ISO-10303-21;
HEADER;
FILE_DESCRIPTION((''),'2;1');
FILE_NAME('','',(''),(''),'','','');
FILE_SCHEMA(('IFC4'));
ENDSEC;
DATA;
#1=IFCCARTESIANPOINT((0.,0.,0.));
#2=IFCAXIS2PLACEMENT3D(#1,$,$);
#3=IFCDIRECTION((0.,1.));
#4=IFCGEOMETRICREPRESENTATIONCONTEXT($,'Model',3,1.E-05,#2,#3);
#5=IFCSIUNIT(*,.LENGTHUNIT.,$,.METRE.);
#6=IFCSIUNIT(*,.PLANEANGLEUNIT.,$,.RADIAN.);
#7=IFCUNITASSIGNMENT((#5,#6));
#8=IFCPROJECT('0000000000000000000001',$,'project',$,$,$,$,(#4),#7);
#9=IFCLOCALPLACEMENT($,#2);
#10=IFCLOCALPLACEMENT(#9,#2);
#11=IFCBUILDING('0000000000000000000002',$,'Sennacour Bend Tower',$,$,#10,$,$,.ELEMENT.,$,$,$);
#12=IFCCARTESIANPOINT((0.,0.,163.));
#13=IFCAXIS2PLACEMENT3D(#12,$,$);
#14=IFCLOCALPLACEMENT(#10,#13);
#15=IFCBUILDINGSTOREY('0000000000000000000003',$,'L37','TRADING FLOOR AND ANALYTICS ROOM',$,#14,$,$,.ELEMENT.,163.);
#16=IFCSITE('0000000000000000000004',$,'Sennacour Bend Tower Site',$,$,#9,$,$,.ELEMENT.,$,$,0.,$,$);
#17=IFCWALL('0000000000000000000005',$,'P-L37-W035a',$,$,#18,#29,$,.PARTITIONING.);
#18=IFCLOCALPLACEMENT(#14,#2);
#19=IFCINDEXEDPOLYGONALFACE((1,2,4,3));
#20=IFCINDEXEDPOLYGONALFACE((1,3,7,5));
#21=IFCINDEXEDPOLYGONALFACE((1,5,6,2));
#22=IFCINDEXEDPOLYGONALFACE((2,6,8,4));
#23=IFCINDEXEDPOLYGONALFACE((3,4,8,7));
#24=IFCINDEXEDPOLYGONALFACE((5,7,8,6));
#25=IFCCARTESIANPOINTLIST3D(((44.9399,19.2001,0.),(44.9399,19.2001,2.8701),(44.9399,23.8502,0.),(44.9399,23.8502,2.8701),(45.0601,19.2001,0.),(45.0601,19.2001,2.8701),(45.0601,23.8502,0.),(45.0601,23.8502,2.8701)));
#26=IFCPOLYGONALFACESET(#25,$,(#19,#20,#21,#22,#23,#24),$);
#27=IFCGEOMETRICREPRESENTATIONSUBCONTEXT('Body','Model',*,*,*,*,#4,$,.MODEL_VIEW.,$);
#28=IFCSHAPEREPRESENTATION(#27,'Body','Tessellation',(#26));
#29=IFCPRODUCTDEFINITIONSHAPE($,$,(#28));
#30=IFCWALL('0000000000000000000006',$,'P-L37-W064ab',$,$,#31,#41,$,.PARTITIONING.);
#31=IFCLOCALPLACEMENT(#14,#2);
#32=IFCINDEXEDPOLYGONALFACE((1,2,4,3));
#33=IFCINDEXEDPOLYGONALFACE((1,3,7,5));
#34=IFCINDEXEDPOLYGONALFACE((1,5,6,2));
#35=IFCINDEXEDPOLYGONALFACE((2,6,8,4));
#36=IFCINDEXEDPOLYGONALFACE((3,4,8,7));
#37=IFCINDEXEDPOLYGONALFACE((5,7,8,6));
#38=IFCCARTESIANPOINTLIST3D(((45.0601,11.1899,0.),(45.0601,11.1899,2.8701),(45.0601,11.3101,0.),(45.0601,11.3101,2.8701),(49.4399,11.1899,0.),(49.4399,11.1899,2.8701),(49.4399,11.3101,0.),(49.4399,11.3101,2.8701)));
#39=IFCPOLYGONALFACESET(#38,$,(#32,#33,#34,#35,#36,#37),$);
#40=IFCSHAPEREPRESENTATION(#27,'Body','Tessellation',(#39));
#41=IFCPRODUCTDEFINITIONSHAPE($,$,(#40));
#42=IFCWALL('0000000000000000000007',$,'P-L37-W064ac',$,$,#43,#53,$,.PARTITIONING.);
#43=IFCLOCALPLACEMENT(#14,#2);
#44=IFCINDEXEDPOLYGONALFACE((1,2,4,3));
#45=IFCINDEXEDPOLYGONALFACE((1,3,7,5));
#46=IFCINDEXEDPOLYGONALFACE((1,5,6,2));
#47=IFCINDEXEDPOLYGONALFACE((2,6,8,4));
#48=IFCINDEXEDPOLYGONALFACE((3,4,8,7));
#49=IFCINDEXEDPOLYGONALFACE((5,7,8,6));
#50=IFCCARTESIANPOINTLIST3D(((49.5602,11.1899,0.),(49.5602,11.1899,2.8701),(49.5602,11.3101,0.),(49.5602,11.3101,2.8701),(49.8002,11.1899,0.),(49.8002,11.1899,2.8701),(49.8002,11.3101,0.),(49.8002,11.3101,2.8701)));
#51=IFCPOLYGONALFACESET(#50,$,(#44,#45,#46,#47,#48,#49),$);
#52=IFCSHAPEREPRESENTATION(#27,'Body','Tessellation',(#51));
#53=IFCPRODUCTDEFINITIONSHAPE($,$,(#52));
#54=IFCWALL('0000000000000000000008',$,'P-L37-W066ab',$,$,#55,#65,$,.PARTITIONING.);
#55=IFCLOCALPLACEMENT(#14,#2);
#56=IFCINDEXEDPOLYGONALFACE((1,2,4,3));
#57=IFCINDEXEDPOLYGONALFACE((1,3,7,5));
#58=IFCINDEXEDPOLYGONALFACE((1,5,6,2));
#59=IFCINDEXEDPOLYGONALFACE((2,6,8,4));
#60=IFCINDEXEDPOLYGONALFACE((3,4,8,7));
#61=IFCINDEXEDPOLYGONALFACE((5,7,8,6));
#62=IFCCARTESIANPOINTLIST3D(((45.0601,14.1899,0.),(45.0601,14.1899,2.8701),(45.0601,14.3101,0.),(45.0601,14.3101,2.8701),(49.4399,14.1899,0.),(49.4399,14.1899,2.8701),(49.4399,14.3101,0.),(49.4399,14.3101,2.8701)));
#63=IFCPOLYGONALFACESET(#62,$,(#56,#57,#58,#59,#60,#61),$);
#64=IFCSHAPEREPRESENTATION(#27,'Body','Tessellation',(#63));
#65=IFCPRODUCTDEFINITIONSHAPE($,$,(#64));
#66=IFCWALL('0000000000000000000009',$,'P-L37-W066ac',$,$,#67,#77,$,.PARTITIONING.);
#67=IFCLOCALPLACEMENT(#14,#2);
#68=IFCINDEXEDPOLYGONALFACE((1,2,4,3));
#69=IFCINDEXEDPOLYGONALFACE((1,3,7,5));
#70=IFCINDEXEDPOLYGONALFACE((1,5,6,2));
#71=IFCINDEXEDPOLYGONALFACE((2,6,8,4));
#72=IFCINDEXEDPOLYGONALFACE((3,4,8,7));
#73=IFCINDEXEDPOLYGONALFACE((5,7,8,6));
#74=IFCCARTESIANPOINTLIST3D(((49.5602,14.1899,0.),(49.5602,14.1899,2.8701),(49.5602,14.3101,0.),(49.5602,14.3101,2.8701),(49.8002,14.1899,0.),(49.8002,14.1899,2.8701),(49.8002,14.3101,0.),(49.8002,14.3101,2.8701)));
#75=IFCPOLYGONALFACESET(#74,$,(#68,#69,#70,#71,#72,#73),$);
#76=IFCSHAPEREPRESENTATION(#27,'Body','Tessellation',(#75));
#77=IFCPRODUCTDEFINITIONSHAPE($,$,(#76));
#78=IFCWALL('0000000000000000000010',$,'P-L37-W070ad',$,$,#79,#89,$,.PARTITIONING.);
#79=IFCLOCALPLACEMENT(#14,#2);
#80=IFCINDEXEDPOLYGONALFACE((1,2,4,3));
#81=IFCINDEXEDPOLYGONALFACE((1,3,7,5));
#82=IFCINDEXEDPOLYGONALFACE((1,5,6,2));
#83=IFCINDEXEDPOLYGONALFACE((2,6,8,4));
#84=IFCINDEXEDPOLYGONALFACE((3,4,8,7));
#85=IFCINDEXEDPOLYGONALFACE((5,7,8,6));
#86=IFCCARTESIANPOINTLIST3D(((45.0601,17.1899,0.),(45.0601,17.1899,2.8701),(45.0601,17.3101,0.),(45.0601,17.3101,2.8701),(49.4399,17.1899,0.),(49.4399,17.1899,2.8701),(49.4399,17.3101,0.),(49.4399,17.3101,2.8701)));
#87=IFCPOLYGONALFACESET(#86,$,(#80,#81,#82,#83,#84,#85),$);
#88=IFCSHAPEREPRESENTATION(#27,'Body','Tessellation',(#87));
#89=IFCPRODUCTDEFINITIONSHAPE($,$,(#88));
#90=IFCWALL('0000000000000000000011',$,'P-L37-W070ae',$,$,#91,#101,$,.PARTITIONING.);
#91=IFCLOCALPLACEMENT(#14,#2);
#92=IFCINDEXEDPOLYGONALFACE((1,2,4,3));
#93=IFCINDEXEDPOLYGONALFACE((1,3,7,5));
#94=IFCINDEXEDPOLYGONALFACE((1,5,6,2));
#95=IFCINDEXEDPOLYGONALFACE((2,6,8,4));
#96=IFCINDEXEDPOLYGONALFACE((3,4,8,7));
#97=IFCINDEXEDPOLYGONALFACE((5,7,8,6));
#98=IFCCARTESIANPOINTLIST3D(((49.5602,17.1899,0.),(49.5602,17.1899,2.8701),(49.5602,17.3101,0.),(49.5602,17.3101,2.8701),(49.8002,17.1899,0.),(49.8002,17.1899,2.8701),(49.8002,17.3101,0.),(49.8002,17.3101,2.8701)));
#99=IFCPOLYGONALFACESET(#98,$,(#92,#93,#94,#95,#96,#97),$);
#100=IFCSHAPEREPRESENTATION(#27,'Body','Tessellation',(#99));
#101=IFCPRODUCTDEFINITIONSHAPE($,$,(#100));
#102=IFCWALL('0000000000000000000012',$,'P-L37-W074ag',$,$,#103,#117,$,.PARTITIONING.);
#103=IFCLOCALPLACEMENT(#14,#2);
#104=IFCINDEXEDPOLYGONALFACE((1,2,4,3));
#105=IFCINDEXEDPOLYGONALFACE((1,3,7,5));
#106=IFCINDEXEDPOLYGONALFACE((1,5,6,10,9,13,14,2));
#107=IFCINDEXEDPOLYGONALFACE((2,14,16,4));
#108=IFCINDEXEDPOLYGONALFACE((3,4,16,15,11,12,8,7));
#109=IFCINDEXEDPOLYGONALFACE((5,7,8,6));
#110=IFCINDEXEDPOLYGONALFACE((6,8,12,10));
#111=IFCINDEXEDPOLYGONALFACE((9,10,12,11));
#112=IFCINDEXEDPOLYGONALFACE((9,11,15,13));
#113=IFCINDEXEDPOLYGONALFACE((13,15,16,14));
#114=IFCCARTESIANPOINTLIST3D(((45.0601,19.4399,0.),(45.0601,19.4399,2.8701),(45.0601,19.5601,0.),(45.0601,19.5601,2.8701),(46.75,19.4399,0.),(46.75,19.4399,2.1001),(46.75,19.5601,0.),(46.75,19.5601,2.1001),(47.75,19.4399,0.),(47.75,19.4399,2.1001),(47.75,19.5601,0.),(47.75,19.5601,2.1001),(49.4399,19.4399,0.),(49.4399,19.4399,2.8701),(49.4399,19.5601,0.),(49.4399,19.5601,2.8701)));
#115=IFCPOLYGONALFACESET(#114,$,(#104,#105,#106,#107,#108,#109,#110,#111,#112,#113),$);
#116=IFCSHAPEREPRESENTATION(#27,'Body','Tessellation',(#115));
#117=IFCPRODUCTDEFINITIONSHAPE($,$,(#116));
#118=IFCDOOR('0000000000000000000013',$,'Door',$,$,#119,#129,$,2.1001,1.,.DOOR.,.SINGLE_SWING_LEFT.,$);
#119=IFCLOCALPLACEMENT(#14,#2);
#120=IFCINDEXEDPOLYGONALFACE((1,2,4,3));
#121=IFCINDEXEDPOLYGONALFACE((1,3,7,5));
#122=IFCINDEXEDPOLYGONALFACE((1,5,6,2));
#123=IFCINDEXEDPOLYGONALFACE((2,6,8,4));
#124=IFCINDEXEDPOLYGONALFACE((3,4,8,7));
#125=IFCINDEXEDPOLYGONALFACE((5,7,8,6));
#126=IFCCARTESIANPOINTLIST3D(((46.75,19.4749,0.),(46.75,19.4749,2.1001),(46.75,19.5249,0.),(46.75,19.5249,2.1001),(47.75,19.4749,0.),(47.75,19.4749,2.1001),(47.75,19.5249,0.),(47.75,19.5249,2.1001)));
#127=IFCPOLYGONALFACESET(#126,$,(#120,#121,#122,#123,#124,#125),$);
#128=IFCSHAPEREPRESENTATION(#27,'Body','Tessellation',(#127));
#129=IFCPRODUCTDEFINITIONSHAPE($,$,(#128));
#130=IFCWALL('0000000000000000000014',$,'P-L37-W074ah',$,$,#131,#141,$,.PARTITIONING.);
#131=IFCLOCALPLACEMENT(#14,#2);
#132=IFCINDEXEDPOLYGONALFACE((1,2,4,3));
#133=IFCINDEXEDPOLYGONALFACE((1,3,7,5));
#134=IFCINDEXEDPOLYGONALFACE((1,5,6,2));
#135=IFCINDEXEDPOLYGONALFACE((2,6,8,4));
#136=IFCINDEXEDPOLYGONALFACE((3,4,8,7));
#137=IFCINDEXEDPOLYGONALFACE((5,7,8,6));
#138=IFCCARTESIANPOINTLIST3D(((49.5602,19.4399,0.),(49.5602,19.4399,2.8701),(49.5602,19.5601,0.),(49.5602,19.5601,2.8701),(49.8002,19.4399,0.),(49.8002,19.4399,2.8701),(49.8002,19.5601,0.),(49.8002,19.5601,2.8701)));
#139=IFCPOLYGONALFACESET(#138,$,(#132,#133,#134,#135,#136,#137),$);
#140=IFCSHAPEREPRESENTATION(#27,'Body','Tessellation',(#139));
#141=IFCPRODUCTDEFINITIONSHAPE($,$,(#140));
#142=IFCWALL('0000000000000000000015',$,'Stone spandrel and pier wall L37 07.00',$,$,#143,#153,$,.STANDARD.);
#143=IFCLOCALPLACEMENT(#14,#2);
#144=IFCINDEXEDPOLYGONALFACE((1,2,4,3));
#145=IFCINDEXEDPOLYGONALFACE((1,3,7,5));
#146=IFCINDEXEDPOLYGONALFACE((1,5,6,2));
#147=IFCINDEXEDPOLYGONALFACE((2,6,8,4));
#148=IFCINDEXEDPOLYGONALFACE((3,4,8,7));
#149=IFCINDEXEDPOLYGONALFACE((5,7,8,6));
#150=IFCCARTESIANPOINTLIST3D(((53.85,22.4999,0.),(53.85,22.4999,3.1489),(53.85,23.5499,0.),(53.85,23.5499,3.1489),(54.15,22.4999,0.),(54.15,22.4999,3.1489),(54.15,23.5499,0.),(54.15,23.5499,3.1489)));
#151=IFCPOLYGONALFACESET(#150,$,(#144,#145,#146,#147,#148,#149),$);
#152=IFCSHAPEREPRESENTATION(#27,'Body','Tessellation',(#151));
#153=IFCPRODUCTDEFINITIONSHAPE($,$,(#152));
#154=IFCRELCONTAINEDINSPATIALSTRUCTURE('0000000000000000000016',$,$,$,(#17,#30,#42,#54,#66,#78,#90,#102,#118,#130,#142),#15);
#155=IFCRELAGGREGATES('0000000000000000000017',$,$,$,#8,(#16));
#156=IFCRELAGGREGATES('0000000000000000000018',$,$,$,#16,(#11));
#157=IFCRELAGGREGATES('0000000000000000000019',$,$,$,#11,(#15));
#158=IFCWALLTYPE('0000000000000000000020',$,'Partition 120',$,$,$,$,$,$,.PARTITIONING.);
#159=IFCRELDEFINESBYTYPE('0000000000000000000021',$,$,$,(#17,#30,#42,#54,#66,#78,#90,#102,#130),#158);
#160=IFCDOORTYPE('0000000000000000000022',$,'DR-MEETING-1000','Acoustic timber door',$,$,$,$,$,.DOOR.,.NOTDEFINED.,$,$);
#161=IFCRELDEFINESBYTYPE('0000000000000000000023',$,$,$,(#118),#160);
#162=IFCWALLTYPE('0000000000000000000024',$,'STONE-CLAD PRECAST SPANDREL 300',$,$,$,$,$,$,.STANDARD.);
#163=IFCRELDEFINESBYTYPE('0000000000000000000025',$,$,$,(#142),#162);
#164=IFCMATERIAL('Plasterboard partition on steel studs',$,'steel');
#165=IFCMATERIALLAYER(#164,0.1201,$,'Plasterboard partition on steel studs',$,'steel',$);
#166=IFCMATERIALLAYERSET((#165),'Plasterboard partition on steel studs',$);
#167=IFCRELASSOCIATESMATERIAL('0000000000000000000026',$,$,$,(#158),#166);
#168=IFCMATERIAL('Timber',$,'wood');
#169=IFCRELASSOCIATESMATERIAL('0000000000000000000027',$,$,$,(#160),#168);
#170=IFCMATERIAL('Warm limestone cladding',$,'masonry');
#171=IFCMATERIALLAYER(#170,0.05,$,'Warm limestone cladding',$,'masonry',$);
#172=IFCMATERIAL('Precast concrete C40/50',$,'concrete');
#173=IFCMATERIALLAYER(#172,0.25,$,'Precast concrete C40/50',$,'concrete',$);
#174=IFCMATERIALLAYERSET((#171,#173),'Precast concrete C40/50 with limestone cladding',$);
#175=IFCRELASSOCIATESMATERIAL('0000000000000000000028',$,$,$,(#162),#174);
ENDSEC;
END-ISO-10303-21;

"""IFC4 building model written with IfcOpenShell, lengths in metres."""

from ifc_helpers import new_model, si_unit, direction, frame, frame_2d, origin, place, context, subcontext, project, spatial, rectangle, extrude, material, layer, layer_set, type_object, element, fill, save


model = new_model("IFC4")

# Units and contexts
model_context = context("Model", 3, precision=1e-05, world=origin(), true_north=direction((0.0, 1.0)))
body_context = subcontext(model_context, "Body", "Model", "MODEL_VIEW")
ifc_project = project(units=[si_unit("LENGTHUNIT", "METRE"), si_unit("PLANEANGLEUNIT", "RADIAN")], contexts=[model_context])

# Site, building, storey
site_placement = place(None, origin())
site = spatial("IfcSite", under=ifc_project, at=site_placement, Name="Sennacour Bend Tower Site", CompositionType="ELEMENT", RefElevation=0.0)
building_placement = place(site_placement, origin())
building = spatial("IfcBuilding", under=site, at=building_placement, Name="Sennacour Bend Tower", CompositionType="ELEMENT")
storey_placement = place(building_placement, frame((0.0, 0.0, 163.0)))
storey = spatial("IfcBuildingStorey", under=building, at=storey_placement, Name="L37", Description="TRADING FLOOR AND ANALYTICS ROOM", CompositionType="ELEMENT", Elevation=163.0)

# Walls
ifc_material_1 = material(Name="Plasterboard partition on steel studs", Category="steel")
ifc_layer_1 = layer(ifc_material_1, 0.1201, Name="Plasterboard partition on steel studs", Category="steel")
ifc_layer_set_1 = layer_set([ifc_layer_1], Name="Plasterboard partition on steel studs")
wall_type_1 = type_object("IfcWallType", Name="Partition 120", PredefinedType="PARTITIONING", material=ifc_layer_set_1)
wall_1_placement = place(storey_placement, frame((45.0, 19.2, 0.0), z_axis=(0.0, 0.0, 1.0), x_axis=(0.0, 1.0, 0.0)))
element("IfcWall", 1, at=wall_1_placement, inside=storey, type_object=wall_type_1, Name="P-L37-W035a", PredefinedType="PARTITIONING", context=body_context, shape_type="SweptSolid", body=[
    extrude(rectangle(XDim=4.6501, YDim=0.1201, at=frame_2d((2.3252, 0.0))), origin(), (0.0, 0.0, 1.0), 2.8701),
])
wall_2_placement = place(storey_placement, frame((45.0601, 11.25, 0.0), z_axis=(0.0, 0.0, 1.0), x_axis=(1.0, 0.0, 0.0)))
element("IfcWall", 2, at=wall_2_placement, inside=storey, type_object=wall_type_1, Name="P-L37-W064ab", PredefinedType="PARTITIONING", context=body_context, shape_type="SweptSolid", body=[
    extrude(rectangle(XDim=4.3799, YDim=0.1201, at=frame_2d((2.1899, 0.0))), origin(), (0.0, 0.0, 1.0), 2.8701),
])
wall_3_placement = place(storey_placement, frame((49.5601, 11.25, 0.0), z_axis=(0.0, 0.0, 1.0), x_axis=(1.0, 0.0, 0.0)))
element("IfcWall", 3, at=wall_3_placement, inside=storey, type_object=wall_type_1, Name="P-L37-W064ac", PredefinedType="PARTITIONING", context=body_context, shape_type="SweptSolid", body=[
    extrude(rectangle(XDim=0.24, YDim=0.1201, at=frame_2d((0.1201, 0.0))), origin(), (0.0, 0.0, 1.0), 2.8701),
])
wall_4_placement = place(storey_placement, frame((45.0601, 14.25, 0.0), z_axis=(0.0, 0.0, 1.0), x_axis=(1.0, 0.0, 0.0)))
element("IfcWall", 4, at=wall_4_placement, inside=storey, type_object=wall_type_1, Name="P-L37-W066ab", PredefinedType="PARTITIONING", context=body_context, shape_type="SweptSolid", body=[
    extrude(rectangle(XDim=4.3799, YDim=0.1201, at=frame_2d((2.1899, 0.0))), origin(), (0.0, 0.0, 1.0), 2.8701),
])
wall_5_placement = place(storey_placement, frame((49.5601, 14.25, 0.0), z_axis=(0.0, 0.0, 1.0), x_axis=(1.0, 0.0, 0.0)))
element("IfcWall", 5, at=wall_5_placement, inside=storey, type_object=wall_type_1, Name="P-L37-W066ac", PredefinedType="PARTITIONING", context=body_context, shape_type="SweptSolid", body=[
    extrude(rectangle(XDim=0.24, YDim=0.1201, at=frame_2d((0.1201, 0.0))), origin(), (0.0, 0.0, 1.0), 2.8701),
])
wall_6_placement = place(storey_placement, frame((45.0601, 17.25, 0.0), z_axis=(0.0, 0.0, 1.0), x_axis=(1.0, 0.0, 0.0)))
element("IfcWall", 6, at=wall_6_placement, inside=storey, type_object=wall_type_1, Name="P-L37-W070ad", PredefinedType="PARTITIONING", context=body_context, shape_type="SweptSolid", body=[
    extrude(rectangle(XDim=4.3799, YDim=0.1201, at=frame_2d((2.1899, 0.0))), origin(), (0.0, 0.0, 1.0), 2.8701),
])
wall_7_placement = place(storey_placement, frame((49.5601, 17.25, 0.0), z_axis=(0.0, 0.0, 1.0), x_axis=(1.0, 0.0, 0.0)))
element("IfcWall", 7, at=wall_7_placement, inside=storey, type_object=wall_type_1, Name="P-L37-W070ae", PredefinedType="PARTITIONING", context=body_context, shape_type="SweptSolid", body=[
    extrude(rectangle(XDim=0.24, YDim=0.1201, at=frame_2d((0.1201, 0.0))), origin(), (0.0, 0.0, 1.0), 2.8701),
])

# Wall, opening, door
wall_8_placement = place(storey_placement, frame((45.0601, 19.5, 0.0), z_axis=(0.0, 0.0, 1.0), x_axis=(1.0, 0.0, 0.0)))
wall_8 = element("IfcWall", 8, at=wall_8_placement, inside=storey, type_object=wall_type_1, Name="P-L37-W074ag", PredefinedType="PARTITIONING", context=body_context, shape_type="SweptSolid", body=[
    extrude(rectangle(XDim=4.3799, YDim=0.1201, at=frame_2d((2.1899, 0.0))), origin(), (0.0, 0.0, 1.0), 2.8701),
])
opening_1_placement = place(wall_8_placement, frame((1.6899, 0.0, 0.0)))
opening_1 = element("IfcOpeningElement", 9, at=opening_1_placement, cuts=wall_8, PredefinedType="OPENING", context=body_context, shape_type="SweptSolid", body=[
    extrude(rectangle(XDim=1.0, YDim=2.1001, at=frame_2d((0.5, 1.05))), frame((0.0, 0.0701, 0.0), z_axis=(0.0, -1.0, 0.0), x_axis=(1.0, 0.0, 0.0)), (0.0, 0.0, 1.0), 0.1401),
])
ifc_material_2 = material(Name="Timber", Category="wood")
door_type_1 = type_object("IfcDoorType", Name="DR-MEETING-1000", Description="Acoustic timber door", OperationType="NOTDEFINED", PredefinedType="DOOR", material=ifc_material_2)
door_1_placement = place(opening_1_placement, origin())
door_1 = element("IfcDoor", 10, at=door_1_placement, inside=storey, type_object=door_type_1, Name="Door", OperationType="SINGLE_SWING_LEFT", OverallHeight=2.1001, OverallWidth=1.0, PredefinedType="DOOR", context=body_context, shape_type="SweptSolid", body=[
    extrude(rectangle(XDim=1.0, YDim=2.1001, at=frame_2d((0.5, 1.05))), frame((0.0, 0.0249, 0.0), z_axis=(0.0, -1.0, 0.0), x_axis=(1.0, 0.0, 0.0)), (0.0, 0.0, 1.0), 0.05),
])
fill(opening_1, door_1)

# Walls
wall_9_placement = place(storey_placement, frame((49.5601, 19.5, 0.0), z_axis=(0.0, 0.0, 1.0), x_axis=(1.0, 0.0, 0.0)))
element("IfcWall", 11, at=wall_9_placement, inside=storey, type_object=wall_type_1, Name="P-L37-W074ah", PredefinedType="PARTITIONING", context=body_context, shape_type="SweptSolid", body=[
    extrude(rectangle(XDim=0.24, YDim=0.1201, at=frame_2d((0.1201, 0.0))), origin(), (0.0, 0.0, 1.0), 2.8701),
])
ifc_material_3 = material(Name="Warm limestone cladding", Category="masonry")
ifc_layer_2 = layer(ifc_material_3, 0.05, Name="Warm limestone cladding", Category="masonry")
ifc_material_4 = material(Name="Precast concrete C40/50", Category="concrete")
ifc_layer_3 = layer(ifc_material_4, 0.25, Name="Precast concrete C40/50", Category="concrete")
ifc_layer_set_2 = layer_set([ifc_layer_2, ifc_layer_3], Name="Precast concrete C40/50 with limestone cladding")
wall_type_2 = type_object("IfcWallType", Name="STONE-CLAD PRECAST SPANDREL 300", PredefinedType="STANDARD", material=ifc_layer_set_2)
wall_10_placement = place(storey_placement, frame((54.0, 22.5, 0.0), z_axis=(0.0, 0.0, 1.0), x_axis=(0.0, 1.0, 0.0)))
element("IfcWall", 12, at=wall_10_placement, inside=storey, type_object=wall_type_2, Name="Stone spandrel and pier wall L37 07.00", PredefinedType="STANDARD", context=body_context, shape_type="SweptSolid", body=[
    extrude(rectangle(XDim=1.05, YDim=0.3, at=frame_2d((0.5249, 0.0))), origin(), (0.0, 0.0, 1.0), 3.1489),
])

save(model, "model.ifc")
